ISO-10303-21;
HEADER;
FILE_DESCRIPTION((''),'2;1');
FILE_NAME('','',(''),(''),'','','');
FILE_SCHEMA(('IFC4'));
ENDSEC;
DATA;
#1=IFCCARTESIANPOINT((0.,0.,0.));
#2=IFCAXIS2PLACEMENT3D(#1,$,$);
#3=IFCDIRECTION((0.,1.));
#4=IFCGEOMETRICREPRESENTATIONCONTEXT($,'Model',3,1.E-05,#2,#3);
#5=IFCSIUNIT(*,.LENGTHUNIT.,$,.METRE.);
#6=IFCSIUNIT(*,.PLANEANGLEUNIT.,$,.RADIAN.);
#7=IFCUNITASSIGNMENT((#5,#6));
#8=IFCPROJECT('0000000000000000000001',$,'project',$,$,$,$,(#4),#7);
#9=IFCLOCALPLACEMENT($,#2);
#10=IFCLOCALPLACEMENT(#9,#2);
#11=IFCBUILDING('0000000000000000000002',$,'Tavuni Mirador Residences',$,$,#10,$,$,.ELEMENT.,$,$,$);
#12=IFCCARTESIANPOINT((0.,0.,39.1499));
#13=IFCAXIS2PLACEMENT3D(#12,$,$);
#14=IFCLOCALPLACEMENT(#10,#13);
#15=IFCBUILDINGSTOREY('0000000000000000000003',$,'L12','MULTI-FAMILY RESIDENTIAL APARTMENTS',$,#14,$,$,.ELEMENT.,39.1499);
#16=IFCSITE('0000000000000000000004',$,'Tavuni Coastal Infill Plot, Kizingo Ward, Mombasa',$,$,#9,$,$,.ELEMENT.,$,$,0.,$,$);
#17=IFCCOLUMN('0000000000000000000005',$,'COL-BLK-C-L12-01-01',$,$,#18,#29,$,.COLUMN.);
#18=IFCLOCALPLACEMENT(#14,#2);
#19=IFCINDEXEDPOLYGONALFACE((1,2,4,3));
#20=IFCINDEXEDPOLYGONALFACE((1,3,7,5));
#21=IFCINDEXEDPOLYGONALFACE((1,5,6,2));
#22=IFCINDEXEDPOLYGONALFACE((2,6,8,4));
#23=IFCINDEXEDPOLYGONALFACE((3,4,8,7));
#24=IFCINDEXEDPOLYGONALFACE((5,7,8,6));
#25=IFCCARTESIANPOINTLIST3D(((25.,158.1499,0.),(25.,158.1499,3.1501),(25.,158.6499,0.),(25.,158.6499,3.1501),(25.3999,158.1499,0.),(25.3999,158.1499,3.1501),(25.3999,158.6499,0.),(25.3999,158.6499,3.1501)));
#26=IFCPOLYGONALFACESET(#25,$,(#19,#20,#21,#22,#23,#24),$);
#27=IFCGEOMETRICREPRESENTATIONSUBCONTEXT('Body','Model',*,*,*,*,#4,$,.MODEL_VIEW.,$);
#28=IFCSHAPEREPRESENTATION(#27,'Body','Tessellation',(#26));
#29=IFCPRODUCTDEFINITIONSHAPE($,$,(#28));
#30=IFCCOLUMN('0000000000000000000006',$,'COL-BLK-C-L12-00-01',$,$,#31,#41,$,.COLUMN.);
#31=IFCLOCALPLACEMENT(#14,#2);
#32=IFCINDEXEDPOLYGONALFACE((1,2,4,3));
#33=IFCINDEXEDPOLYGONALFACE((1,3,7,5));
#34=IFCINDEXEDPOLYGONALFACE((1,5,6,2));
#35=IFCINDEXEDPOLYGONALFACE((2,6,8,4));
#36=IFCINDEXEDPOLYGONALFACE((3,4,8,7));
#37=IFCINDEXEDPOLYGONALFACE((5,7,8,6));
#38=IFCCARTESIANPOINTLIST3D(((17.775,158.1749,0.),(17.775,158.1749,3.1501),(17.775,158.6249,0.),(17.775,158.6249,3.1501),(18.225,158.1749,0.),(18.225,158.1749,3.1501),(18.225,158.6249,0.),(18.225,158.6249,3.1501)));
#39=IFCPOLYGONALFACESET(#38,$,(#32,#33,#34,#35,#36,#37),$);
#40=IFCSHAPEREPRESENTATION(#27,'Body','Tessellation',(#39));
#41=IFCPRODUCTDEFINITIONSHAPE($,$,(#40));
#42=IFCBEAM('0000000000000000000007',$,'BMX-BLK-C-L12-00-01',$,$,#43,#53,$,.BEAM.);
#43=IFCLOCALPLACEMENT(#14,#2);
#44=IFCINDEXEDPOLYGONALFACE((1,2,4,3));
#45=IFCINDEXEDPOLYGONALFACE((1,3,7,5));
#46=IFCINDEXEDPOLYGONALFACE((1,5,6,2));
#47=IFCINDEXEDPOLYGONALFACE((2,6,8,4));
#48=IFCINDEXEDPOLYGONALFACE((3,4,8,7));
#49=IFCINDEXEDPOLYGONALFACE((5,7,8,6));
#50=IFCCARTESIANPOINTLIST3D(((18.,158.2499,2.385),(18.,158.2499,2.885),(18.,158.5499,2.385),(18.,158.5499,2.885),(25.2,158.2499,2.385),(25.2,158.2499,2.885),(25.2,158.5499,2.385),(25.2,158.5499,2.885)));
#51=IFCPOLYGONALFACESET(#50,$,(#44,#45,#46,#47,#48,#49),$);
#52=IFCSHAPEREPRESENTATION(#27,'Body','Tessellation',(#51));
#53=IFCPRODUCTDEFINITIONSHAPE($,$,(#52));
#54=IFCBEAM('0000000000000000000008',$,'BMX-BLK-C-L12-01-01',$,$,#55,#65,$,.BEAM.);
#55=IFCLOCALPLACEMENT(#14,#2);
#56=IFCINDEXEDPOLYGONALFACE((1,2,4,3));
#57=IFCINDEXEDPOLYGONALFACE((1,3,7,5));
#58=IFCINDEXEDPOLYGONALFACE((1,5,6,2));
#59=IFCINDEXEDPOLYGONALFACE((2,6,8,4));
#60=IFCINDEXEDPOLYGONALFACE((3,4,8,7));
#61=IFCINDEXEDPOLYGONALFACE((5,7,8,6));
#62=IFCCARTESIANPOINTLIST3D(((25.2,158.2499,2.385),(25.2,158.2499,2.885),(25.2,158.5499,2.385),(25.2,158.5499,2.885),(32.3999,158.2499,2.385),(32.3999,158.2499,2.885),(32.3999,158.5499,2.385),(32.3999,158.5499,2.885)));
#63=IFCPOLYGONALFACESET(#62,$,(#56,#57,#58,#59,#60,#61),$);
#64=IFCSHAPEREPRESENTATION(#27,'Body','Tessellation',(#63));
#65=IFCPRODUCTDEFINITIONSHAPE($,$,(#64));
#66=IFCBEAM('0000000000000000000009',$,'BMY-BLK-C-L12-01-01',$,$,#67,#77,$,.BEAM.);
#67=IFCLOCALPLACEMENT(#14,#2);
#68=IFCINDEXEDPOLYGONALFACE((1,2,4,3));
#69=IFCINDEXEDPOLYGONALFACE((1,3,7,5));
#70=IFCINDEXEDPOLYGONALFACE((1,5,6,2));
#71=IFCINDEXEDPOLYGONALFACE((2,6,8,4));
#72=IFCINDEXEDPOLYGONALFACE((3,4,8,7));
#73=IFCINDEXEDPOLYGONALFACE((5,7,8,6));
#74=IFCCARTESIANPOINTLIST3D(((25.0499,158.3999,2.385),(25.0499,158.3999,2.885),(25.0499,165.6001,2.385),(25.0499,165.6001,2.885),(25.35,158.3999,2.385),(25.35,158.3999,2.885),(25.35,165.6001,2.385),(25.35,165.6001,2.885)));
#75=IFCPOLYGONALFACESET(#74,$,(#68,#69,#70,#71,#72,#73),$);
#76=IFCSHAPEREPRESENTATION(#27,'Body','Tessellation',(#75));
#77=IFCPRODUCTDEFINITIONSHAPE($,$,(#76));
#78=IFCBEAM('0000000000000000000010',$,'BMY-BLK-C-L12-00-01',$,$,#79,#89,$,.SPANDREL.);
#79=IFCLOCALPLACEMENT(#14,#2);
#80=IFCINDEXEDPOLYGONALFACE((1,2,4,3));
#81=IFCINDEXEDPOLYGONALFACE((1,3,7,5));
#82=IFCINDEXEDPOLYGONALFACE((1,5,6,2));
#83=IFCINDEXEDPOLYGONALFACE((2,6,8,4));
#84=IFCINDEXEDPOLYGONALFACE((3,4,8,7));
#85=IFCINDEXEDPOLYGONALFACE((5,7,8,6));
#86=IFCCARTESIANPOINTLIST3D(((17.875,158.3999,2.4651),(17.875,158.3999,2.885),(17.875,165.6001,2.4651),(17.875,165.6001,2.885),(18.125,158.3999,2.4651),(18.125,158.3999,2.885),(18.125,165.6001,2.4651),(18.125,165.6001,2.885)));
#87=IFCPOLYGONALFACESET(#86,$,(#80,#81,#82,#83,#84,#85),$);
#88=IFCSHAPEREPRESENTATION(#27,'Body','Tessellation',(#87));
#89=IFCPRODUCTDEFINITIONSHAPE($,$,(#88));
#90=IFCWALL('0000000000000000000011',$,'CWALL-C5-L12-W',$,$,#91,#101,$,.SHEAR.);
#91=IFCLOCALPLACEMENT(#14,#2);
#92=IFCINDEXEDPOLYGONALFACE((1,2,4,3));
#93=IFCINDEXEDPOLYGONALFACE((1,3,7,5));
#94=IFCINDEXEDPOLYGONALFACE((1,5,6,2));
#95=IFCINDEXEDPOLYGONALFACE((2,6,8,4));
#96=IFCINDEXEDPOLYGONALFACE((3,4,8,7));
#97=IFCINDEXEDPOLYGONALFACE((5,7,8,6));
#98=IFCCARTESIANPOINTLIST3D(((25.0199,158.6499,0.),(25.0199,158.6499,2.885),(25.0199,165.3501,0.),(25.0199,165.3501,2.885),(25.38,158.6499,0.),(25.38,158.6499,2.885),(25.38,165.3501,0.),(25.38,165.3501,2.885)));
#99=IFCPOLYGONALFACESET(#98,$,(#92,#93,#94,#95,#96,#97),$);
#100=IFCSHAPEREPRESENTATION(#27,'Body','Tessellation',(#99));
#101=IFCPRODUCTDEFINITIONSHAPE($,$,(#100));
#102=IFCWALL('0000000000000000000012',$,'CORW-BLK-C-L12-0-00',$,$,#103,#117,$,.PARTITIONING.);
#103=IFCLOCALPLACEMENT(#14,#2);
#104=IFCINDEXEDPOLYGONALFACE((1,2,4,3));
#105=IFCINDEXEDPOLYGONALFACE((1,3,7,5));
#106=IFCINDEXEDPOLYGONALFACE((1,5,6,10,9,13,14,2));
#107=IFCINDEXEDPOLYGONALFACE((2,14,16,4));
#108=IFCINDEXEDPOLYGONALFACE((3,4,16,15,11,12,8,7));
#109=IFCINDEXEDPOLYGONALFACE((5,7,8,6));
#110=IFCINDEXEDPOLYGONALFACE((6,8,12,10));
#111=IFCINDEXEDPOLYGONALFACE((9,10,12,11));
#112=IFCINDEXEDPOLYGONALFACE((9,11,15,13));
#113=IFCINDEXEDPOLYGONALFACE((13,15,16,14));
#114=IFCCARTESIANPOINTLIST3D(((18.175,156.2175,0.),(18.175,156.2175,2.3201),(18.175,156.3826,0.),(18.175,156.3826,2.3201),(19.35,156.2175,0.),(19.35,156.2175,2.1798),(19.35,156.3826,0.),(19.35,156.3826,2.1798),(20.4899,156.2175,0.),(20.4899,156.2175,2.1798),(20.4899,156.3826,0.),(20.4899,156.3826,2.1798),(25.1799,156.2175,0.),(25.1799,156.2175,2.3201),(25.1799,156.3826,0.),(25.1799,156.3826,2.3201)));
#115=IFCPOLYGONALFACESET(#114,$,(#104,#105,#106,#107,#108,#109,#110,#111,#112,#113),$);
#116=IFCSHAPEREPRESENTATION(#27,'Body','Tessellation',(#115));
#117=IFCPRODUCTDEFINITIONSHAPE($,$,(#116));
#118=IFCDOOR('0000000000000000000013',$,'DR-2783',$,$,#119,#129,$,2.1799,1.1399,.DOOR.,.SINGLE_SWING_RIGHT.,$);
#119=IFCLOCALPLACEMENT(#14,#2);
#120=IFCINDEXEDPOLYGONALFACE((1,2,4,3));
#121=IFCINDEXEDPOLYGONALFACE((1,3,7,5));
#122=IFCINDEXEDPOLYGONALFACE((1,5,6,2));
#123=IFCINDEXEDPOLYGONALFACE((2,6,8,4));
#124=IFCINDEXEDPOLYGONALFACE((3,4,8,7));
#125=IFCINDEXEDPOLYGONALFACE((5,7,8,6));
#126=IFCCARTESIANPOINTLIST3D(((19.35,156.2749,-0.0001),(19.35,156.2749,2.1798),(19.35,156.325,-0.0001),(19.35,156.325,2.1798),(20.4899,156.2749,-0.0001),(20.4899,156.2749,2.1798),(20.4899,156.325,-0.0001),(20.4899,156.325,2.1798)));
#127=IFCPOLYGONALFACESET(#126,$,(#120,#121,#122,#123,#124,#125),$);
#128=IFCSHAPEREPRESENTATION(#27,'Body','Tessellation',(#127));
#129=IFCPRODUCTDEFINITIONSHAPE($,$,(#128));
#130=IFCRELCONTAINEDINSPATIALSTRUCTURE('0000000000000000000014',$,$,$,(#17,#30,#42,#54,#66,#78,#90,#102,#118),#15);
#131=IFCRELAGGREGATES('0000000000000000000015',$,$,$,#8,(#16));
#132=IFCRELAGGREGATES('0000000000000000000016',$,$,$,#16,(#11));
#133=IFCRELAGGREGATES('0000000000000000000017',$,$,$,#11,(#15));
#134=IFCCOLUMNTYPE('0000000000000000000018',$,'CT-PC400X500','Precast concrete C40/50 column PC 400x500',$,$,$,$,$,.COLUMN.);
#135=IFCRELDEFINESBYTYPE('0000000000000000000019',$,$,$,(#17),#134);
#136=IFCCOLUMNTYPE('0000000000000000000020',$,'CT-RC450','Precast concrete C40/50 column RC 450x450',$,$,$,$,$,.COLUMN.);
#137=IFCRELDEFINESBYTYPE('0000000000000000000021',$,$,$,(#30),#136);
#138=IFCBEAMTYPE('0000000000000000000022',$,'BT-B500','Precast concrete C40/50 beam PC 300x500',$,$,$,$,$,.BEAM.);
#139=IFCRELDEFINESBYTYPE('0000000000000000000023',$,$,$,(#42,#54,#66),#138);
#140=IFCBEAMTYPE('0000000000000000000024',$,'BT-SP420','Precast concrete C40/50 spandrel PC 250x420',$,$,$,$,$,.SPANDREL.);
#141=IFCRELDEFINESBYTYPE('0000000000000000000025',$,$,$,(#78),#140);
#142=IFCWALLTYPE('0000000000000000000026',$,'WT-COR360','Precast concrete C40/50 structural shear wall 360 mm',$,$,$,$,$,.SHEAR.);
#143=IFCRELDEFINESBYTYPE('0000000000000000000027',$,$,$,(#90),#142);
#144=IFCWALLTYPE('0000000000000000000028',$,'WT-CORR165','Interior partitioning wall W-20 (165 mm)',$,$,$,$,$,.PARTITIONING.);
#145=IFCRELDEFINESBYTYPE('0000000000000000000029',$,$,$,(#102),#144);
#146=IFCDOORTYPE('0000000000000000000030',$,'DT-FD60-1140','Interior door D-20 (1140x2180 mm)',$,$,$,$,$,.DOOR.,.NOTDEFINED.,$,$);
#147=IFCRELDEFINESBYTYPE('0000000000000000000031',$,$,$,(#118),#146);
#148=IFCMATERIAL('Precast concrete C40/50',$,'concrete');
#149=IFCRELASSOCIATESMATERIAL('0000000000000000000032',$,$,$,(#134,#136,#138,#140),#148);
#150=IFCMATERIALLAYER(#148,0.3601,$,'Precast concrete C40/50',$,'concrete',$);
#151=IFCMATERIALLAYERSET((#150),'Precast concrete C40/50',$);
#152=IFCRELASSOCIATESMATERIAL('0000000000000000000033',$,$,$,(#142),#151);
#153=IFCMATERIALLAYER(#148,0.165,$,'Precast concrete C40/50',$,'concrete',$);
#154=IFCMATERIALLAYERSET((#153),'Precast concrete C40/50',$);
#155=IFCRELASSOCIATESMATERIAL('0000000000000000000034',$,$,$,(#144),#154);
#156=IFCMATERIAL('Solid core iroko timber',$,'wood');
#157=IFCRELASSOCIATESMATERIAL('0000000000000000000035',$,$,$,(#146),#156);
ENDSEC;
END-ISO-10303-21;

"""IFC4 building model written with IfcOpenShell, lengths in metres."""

from ifc_helpers import new_model, si_unit, direction, frame, frame_2d, origin, origin_2d, place, context, subcontext, project, spatial, rectangle, extrude, material, layer, layer_set, material_profile, profile_set, type_object, element, fill, save


model = new_model("IFC4")

# Units and contexts
model_context = context("Model", 3, precision=1e-05, world=origin(), true_north=direction((0.0, 1.0)))
body_context = subcontext(model_context, "Body", "Model", "MODEL_VIEW")
ifc_project = project(units=[si_unit("LENGTHUNIT", "METRE"), si_unit("PLANEANGLEUNIT", "RADIAN")], contexts=[model_context])

# Site, building, storey
site_placement = place(None, origin())
site = spatial("IfcSite", under=ifc_project, at=site_placement, Name="Tavuni Coastal Infill Plot, Kizingo Ward, Mombasa", CompositionType="ELEMENT", RefElevation=0.0)
building_placement = place(site_placement, origin())
building = spatial("IfcBuilding", under=site, at=building_placement, Name="Tavuni Mirador Residences", CompositionType="ELEMENT")
storey_placement = place(building_placement, frame((0.0, 0.0, 39.1499)))
storey = spatial("IfcBuildingStorey", under=building, at=storey_placement, Name="L12", Description="MULTI-FAMILY RESIDENTIAL APARTMENTS", CompositionType="ELEMENT", Elevation=39.1499)

# Columns
ifc_material_1 = material(Name="Precast concrete C40/50", Category="concrete")
ifc_material_profile_1 = material_profile(ifc_material_1, rectangle(XDim=0.3999, YDim=0.5, at=origin_2d()), Name="PC 400x500", Category="concrete")
ifc_profile_set_1 = profile_set([ifc_material_profile_1], Name="Precast concrete C40/50")
column_type_1 = type_object("IfcColumnType", Name="CT-PC400X500", Description="Precast concrete C40/50 column PC 400x500", PredefinedType="COLUMN", material=ifc_profile_set_1)
column_1_placement = place(storey_placement, frame((25.2, 158.3999, 0.0), z_axis=(0.0, 0.0, 1.0), x_axis=(1.0, 0.0, 0.0)))
element("IfcColumn", 1, at=column_1_placement, inside=storey, type_object=column_type_1, Name="COL-BLK-C-L12-01-01", PredefinedType="COLUMN", context=body_context, shape_type="SweptSolid", body=[
    extrude(rectangle(XDim=0.3999, YDim=0.5, at=origin_2d()), origin(), (0.0, 0.0, 1.0), 3.1501),
])
ifc_material_profile_2 = material_profile(ifc_material_1, rectangle(XDim=0.45, YDim=0.45, at=origin_2d()), Name="RC 450x450", Category="concrete")
ifc_profile_set_2 = profile_set([ifc_material_profile_2], Name="Precast concrete C40/50")
column_type_2 = type_object("IfcColumnType", Name="CT-RC450", Description="Precast concrete C40/50 column RC 450x450", PredefinedType="COLUMN", material=ifc_profile_set_2)
column_2_placement = place(storey_placement, frame((18.0, 158.3999, 0.0), z_axis=(0.0, 0.0, 1.0), x_axis=(1.0, 0.0, 0.0)))
element("IfcColumn", 2, at=column_2_placement, inside=storey, type_object=column_type_2, Name="COL-BLK-C-L12-00-01", PredefinedType="COLUMN", context=body_context, shape_type="SweptSolid", body=[
    extrude(rectangle(XDim=0.45, YDim=0.45, at=origin_2d()), origin(), (0.0, 0.0, 1.0), 3.1501),
])

# Beams
ifc_material_profile_3 = material_profile(ifc_material_1, rectangle(XDim=0.3, YDim=0.5, at=origin_2d()), Name="PC 300x500", Category="concrete")
ifc_profile_set_3 = profile_set([ifc_material_profile_3], Name="Precast concrete C40/50")
beam_type_1 = type_object("IfcBeamType", Name="BT-B500", Description="Precast concrete C40/50 beam PC 300x500", PredefinedType="BEAM", material=ifc_profile_set_3)
for number, where, z_axis, x_axis, name in (
    (3, (18.0, 158.3999, 2.635), (1.0, 0.0, 0.0), (0.0, 1.0, 0.0), "BMX-BLK-C-L12-00-01"),
    (4, (25.2, 158.3999, 2.635), (1.0, 0.0, 0.0), (0.0, 1.0, 0.0), "BMX-BLK-C-L12-01-01"),
):
    element("IfcBeam", number, at=place(storey_placement, frame(where, z_axis=z_axis, x_axis=x_axis)), inside=storey, type_object=beam_type_1, Name=name, PredefinedType="BEAM", context=body_context, shape_type="SweptSolid", body=[
        extrude(rectangle(XDim=0.3, YDim=0.5, at=origin_2d()), origin(), (0.0, 0.0, 1.0), 7.2),
    ])
beam_1_placement = place(storey_placement, frame((25.2, 158.3999, 2.635), z_axis=(0.0, 1.0, 0.0), x_axis=(-1.0, 0.0, 0.0)))
element("IfcBeam", 5, at=beam_1_placement, inside=storey, type_object=beam_type_1, Name="BMY-BLK-C-L12-01-01", PredefinedType="BEAM", context=body_context, shape_type="SweptSolid", body=[
    extrude(rectangle(XDim=0.3, YDim=0.5, at=origin_2d()), origin(), (0.0, 0.0, 1.0), 7.2002),
])
ifc_material_profile_4 = material_profile(ifc_material_1, rectangle(XDim=0.25, YDim=0.4199, at=origin_2d()), Name="PC 250x420", Category="concrete")
ifc_profile_set_4 = profile_set([ifc_material_profile_4], Name="Precast concrete C40/50")
beam_type_2 = type_object("IfcBeamType", Name="BT-SP420", Description="Precast concrete C40/50 spandrel PC 250x420", PredefinedType="SPANDREL", material=ifc_profile_set_4)
beam_2_placement = place(storey_placement, frame((18.0, 158.3999, 2.675), z_axis=(0.0, 1.0, 0.0), x_axis=(-1.0, 0.0, 0.0)))
element("IfcBeam", 6, at=beam_2_placement, inside=storey, type_object=beam_type_2, Name="BMY-BLK-C-L12-00-01", PredefinedType="SPANDREL", context=body_context, shape_type="SweptSolid", body=[
    extrude(rectangle(XDim=0.25, YDim=0.4199, at=origin_2d()), origin(), (0.0, 0.0, 1.0), 7.2002),
])

# Wall
ifc_layer_1 = layer(ifc_material_1, 0.3601, Name="Precast concrete C40/50", Category="concrete")
ifc_layer_set_1 = layer_set([ifc_layer_1], Name="Precast concrete C40/50")
wall_type_1 = type_object("IfcWallType", Name="WT-COR360", Description="Precast concrete C40/50 structural shear wall 360 mm", PredefinedType="SHEAR", material=ifc_layer_set_1)
wall_1_placement = place(storey_placement, frame((25.2, 158.6499, 0.0), z_axis=(0.0, 0.0, 1.0), x_axis=(0.0, 1.0, 0.0)))
element("IfcWall", 7, at=wall_1_placement, inside=storey, type_object=wall_type_1, Name="CWALL-C5-L12-W", PredefinedType="SHEAR", context=body_context, shape_type="SweptSolid", body=[
    extrude(rectangle(XDim=6.7002, YDim=0.3601, at=frame_2d((3.3501, 0.0))), origin(), (0.0, 0.0, 1.0), 2.885),
])

# Wall, opening, door
ifc_layer_2 = layer(ifc_material_1, 0.165, Name="Precast concrete C40/50", Category="concrete")
ifc_layer_set_2 = layer_set([ifc_layer_2], Name="Precast concrete C40/50")
wall_type_2 = type_object("IfcWallType", Name="WT-CORR165", Description="Interior partitioning wall W-20 (165 mm)", PredefinedType="PARTITIONING", material=ifc_layer_set_2)
wall_2_placement = place(storey_placement, frame((18.175, 156.3, 0.0), z_axis=(0.0, 0.0, 1.0), x_axis=(1.0, 0.0, 0.0)))
wall_2 = element("IfcWall", 8, at=wall_2_placement, inside=storey, type_object=wall_type_2, Name="CORW-BLK-C-L12-0-00", PredefinedType="PARTITIONING", context=body_context, shape_type="SweptSolid", body=[
    extrude(rectangle(XDim=7.0049, YDim=0.165, at=frame_2d((3.5024, 0.0))), origin(), (0.0, 0.0, 1.0), 2.3201),
])
opening_1_placement = place(wall_2_placement, frame((1.175, 0.0, 0.0)))
opening_1 = element("IfcOpeningElement", 9, at=opening_1_placement, cuts=wall_2, PredefinedType="OPENING", context=body_context, shape_type="SweptSolid", body=[
    extrude(rectangle(XDim=1.1399, YDim=2.1799, at=frame_2d((0.5698, 1.0898))), frame((0.0, 0.0925, 0.0), z_axis=(0.0, -1.0, 0.0), x_axis=(1.0, 0.0, 0.0)), (0.0, 0.0, 1.0), 0.1851),
])
ifc_material_2 = material(Name="Solid core iroko timber", Category="wood")
door_type_1 = type_object("IfcDoorType", Name="DT-FD60-1140", Description="Interior door D-20 (1140x2180 mm)", OperationType="NOTDEFINED", PredefinedType="DOOR", material=ifc_material_2)
door_1_placement = place(opening_1_placement, origin())
door_1 = element("IfcDoor", 10, at=door_1_placement, inside=storey, type_object=door_type_1, Name="DR-2783", OperationType="SINGLE_SWING_RIGHT", OverallHeight=2.1799, OverallWidth=1.1399, PredefinedType="DOOR", context=body_context, shape_type="SweptSolid", body=[
    extrude(rectangle(XDim=1.1399, YDim=2.1799, at=frame_2d((0.5698, 1.0898))), frame((0.0, 0.0249, 0.0), z_axis=(0.0, -1.0, 0.0), x_axis=(1.0, 0.0, 0.0)), (0.0, 0.0, 1.0), 0.05),
])
fill(opening_1, door_1)

save(model, "model.ifc")
